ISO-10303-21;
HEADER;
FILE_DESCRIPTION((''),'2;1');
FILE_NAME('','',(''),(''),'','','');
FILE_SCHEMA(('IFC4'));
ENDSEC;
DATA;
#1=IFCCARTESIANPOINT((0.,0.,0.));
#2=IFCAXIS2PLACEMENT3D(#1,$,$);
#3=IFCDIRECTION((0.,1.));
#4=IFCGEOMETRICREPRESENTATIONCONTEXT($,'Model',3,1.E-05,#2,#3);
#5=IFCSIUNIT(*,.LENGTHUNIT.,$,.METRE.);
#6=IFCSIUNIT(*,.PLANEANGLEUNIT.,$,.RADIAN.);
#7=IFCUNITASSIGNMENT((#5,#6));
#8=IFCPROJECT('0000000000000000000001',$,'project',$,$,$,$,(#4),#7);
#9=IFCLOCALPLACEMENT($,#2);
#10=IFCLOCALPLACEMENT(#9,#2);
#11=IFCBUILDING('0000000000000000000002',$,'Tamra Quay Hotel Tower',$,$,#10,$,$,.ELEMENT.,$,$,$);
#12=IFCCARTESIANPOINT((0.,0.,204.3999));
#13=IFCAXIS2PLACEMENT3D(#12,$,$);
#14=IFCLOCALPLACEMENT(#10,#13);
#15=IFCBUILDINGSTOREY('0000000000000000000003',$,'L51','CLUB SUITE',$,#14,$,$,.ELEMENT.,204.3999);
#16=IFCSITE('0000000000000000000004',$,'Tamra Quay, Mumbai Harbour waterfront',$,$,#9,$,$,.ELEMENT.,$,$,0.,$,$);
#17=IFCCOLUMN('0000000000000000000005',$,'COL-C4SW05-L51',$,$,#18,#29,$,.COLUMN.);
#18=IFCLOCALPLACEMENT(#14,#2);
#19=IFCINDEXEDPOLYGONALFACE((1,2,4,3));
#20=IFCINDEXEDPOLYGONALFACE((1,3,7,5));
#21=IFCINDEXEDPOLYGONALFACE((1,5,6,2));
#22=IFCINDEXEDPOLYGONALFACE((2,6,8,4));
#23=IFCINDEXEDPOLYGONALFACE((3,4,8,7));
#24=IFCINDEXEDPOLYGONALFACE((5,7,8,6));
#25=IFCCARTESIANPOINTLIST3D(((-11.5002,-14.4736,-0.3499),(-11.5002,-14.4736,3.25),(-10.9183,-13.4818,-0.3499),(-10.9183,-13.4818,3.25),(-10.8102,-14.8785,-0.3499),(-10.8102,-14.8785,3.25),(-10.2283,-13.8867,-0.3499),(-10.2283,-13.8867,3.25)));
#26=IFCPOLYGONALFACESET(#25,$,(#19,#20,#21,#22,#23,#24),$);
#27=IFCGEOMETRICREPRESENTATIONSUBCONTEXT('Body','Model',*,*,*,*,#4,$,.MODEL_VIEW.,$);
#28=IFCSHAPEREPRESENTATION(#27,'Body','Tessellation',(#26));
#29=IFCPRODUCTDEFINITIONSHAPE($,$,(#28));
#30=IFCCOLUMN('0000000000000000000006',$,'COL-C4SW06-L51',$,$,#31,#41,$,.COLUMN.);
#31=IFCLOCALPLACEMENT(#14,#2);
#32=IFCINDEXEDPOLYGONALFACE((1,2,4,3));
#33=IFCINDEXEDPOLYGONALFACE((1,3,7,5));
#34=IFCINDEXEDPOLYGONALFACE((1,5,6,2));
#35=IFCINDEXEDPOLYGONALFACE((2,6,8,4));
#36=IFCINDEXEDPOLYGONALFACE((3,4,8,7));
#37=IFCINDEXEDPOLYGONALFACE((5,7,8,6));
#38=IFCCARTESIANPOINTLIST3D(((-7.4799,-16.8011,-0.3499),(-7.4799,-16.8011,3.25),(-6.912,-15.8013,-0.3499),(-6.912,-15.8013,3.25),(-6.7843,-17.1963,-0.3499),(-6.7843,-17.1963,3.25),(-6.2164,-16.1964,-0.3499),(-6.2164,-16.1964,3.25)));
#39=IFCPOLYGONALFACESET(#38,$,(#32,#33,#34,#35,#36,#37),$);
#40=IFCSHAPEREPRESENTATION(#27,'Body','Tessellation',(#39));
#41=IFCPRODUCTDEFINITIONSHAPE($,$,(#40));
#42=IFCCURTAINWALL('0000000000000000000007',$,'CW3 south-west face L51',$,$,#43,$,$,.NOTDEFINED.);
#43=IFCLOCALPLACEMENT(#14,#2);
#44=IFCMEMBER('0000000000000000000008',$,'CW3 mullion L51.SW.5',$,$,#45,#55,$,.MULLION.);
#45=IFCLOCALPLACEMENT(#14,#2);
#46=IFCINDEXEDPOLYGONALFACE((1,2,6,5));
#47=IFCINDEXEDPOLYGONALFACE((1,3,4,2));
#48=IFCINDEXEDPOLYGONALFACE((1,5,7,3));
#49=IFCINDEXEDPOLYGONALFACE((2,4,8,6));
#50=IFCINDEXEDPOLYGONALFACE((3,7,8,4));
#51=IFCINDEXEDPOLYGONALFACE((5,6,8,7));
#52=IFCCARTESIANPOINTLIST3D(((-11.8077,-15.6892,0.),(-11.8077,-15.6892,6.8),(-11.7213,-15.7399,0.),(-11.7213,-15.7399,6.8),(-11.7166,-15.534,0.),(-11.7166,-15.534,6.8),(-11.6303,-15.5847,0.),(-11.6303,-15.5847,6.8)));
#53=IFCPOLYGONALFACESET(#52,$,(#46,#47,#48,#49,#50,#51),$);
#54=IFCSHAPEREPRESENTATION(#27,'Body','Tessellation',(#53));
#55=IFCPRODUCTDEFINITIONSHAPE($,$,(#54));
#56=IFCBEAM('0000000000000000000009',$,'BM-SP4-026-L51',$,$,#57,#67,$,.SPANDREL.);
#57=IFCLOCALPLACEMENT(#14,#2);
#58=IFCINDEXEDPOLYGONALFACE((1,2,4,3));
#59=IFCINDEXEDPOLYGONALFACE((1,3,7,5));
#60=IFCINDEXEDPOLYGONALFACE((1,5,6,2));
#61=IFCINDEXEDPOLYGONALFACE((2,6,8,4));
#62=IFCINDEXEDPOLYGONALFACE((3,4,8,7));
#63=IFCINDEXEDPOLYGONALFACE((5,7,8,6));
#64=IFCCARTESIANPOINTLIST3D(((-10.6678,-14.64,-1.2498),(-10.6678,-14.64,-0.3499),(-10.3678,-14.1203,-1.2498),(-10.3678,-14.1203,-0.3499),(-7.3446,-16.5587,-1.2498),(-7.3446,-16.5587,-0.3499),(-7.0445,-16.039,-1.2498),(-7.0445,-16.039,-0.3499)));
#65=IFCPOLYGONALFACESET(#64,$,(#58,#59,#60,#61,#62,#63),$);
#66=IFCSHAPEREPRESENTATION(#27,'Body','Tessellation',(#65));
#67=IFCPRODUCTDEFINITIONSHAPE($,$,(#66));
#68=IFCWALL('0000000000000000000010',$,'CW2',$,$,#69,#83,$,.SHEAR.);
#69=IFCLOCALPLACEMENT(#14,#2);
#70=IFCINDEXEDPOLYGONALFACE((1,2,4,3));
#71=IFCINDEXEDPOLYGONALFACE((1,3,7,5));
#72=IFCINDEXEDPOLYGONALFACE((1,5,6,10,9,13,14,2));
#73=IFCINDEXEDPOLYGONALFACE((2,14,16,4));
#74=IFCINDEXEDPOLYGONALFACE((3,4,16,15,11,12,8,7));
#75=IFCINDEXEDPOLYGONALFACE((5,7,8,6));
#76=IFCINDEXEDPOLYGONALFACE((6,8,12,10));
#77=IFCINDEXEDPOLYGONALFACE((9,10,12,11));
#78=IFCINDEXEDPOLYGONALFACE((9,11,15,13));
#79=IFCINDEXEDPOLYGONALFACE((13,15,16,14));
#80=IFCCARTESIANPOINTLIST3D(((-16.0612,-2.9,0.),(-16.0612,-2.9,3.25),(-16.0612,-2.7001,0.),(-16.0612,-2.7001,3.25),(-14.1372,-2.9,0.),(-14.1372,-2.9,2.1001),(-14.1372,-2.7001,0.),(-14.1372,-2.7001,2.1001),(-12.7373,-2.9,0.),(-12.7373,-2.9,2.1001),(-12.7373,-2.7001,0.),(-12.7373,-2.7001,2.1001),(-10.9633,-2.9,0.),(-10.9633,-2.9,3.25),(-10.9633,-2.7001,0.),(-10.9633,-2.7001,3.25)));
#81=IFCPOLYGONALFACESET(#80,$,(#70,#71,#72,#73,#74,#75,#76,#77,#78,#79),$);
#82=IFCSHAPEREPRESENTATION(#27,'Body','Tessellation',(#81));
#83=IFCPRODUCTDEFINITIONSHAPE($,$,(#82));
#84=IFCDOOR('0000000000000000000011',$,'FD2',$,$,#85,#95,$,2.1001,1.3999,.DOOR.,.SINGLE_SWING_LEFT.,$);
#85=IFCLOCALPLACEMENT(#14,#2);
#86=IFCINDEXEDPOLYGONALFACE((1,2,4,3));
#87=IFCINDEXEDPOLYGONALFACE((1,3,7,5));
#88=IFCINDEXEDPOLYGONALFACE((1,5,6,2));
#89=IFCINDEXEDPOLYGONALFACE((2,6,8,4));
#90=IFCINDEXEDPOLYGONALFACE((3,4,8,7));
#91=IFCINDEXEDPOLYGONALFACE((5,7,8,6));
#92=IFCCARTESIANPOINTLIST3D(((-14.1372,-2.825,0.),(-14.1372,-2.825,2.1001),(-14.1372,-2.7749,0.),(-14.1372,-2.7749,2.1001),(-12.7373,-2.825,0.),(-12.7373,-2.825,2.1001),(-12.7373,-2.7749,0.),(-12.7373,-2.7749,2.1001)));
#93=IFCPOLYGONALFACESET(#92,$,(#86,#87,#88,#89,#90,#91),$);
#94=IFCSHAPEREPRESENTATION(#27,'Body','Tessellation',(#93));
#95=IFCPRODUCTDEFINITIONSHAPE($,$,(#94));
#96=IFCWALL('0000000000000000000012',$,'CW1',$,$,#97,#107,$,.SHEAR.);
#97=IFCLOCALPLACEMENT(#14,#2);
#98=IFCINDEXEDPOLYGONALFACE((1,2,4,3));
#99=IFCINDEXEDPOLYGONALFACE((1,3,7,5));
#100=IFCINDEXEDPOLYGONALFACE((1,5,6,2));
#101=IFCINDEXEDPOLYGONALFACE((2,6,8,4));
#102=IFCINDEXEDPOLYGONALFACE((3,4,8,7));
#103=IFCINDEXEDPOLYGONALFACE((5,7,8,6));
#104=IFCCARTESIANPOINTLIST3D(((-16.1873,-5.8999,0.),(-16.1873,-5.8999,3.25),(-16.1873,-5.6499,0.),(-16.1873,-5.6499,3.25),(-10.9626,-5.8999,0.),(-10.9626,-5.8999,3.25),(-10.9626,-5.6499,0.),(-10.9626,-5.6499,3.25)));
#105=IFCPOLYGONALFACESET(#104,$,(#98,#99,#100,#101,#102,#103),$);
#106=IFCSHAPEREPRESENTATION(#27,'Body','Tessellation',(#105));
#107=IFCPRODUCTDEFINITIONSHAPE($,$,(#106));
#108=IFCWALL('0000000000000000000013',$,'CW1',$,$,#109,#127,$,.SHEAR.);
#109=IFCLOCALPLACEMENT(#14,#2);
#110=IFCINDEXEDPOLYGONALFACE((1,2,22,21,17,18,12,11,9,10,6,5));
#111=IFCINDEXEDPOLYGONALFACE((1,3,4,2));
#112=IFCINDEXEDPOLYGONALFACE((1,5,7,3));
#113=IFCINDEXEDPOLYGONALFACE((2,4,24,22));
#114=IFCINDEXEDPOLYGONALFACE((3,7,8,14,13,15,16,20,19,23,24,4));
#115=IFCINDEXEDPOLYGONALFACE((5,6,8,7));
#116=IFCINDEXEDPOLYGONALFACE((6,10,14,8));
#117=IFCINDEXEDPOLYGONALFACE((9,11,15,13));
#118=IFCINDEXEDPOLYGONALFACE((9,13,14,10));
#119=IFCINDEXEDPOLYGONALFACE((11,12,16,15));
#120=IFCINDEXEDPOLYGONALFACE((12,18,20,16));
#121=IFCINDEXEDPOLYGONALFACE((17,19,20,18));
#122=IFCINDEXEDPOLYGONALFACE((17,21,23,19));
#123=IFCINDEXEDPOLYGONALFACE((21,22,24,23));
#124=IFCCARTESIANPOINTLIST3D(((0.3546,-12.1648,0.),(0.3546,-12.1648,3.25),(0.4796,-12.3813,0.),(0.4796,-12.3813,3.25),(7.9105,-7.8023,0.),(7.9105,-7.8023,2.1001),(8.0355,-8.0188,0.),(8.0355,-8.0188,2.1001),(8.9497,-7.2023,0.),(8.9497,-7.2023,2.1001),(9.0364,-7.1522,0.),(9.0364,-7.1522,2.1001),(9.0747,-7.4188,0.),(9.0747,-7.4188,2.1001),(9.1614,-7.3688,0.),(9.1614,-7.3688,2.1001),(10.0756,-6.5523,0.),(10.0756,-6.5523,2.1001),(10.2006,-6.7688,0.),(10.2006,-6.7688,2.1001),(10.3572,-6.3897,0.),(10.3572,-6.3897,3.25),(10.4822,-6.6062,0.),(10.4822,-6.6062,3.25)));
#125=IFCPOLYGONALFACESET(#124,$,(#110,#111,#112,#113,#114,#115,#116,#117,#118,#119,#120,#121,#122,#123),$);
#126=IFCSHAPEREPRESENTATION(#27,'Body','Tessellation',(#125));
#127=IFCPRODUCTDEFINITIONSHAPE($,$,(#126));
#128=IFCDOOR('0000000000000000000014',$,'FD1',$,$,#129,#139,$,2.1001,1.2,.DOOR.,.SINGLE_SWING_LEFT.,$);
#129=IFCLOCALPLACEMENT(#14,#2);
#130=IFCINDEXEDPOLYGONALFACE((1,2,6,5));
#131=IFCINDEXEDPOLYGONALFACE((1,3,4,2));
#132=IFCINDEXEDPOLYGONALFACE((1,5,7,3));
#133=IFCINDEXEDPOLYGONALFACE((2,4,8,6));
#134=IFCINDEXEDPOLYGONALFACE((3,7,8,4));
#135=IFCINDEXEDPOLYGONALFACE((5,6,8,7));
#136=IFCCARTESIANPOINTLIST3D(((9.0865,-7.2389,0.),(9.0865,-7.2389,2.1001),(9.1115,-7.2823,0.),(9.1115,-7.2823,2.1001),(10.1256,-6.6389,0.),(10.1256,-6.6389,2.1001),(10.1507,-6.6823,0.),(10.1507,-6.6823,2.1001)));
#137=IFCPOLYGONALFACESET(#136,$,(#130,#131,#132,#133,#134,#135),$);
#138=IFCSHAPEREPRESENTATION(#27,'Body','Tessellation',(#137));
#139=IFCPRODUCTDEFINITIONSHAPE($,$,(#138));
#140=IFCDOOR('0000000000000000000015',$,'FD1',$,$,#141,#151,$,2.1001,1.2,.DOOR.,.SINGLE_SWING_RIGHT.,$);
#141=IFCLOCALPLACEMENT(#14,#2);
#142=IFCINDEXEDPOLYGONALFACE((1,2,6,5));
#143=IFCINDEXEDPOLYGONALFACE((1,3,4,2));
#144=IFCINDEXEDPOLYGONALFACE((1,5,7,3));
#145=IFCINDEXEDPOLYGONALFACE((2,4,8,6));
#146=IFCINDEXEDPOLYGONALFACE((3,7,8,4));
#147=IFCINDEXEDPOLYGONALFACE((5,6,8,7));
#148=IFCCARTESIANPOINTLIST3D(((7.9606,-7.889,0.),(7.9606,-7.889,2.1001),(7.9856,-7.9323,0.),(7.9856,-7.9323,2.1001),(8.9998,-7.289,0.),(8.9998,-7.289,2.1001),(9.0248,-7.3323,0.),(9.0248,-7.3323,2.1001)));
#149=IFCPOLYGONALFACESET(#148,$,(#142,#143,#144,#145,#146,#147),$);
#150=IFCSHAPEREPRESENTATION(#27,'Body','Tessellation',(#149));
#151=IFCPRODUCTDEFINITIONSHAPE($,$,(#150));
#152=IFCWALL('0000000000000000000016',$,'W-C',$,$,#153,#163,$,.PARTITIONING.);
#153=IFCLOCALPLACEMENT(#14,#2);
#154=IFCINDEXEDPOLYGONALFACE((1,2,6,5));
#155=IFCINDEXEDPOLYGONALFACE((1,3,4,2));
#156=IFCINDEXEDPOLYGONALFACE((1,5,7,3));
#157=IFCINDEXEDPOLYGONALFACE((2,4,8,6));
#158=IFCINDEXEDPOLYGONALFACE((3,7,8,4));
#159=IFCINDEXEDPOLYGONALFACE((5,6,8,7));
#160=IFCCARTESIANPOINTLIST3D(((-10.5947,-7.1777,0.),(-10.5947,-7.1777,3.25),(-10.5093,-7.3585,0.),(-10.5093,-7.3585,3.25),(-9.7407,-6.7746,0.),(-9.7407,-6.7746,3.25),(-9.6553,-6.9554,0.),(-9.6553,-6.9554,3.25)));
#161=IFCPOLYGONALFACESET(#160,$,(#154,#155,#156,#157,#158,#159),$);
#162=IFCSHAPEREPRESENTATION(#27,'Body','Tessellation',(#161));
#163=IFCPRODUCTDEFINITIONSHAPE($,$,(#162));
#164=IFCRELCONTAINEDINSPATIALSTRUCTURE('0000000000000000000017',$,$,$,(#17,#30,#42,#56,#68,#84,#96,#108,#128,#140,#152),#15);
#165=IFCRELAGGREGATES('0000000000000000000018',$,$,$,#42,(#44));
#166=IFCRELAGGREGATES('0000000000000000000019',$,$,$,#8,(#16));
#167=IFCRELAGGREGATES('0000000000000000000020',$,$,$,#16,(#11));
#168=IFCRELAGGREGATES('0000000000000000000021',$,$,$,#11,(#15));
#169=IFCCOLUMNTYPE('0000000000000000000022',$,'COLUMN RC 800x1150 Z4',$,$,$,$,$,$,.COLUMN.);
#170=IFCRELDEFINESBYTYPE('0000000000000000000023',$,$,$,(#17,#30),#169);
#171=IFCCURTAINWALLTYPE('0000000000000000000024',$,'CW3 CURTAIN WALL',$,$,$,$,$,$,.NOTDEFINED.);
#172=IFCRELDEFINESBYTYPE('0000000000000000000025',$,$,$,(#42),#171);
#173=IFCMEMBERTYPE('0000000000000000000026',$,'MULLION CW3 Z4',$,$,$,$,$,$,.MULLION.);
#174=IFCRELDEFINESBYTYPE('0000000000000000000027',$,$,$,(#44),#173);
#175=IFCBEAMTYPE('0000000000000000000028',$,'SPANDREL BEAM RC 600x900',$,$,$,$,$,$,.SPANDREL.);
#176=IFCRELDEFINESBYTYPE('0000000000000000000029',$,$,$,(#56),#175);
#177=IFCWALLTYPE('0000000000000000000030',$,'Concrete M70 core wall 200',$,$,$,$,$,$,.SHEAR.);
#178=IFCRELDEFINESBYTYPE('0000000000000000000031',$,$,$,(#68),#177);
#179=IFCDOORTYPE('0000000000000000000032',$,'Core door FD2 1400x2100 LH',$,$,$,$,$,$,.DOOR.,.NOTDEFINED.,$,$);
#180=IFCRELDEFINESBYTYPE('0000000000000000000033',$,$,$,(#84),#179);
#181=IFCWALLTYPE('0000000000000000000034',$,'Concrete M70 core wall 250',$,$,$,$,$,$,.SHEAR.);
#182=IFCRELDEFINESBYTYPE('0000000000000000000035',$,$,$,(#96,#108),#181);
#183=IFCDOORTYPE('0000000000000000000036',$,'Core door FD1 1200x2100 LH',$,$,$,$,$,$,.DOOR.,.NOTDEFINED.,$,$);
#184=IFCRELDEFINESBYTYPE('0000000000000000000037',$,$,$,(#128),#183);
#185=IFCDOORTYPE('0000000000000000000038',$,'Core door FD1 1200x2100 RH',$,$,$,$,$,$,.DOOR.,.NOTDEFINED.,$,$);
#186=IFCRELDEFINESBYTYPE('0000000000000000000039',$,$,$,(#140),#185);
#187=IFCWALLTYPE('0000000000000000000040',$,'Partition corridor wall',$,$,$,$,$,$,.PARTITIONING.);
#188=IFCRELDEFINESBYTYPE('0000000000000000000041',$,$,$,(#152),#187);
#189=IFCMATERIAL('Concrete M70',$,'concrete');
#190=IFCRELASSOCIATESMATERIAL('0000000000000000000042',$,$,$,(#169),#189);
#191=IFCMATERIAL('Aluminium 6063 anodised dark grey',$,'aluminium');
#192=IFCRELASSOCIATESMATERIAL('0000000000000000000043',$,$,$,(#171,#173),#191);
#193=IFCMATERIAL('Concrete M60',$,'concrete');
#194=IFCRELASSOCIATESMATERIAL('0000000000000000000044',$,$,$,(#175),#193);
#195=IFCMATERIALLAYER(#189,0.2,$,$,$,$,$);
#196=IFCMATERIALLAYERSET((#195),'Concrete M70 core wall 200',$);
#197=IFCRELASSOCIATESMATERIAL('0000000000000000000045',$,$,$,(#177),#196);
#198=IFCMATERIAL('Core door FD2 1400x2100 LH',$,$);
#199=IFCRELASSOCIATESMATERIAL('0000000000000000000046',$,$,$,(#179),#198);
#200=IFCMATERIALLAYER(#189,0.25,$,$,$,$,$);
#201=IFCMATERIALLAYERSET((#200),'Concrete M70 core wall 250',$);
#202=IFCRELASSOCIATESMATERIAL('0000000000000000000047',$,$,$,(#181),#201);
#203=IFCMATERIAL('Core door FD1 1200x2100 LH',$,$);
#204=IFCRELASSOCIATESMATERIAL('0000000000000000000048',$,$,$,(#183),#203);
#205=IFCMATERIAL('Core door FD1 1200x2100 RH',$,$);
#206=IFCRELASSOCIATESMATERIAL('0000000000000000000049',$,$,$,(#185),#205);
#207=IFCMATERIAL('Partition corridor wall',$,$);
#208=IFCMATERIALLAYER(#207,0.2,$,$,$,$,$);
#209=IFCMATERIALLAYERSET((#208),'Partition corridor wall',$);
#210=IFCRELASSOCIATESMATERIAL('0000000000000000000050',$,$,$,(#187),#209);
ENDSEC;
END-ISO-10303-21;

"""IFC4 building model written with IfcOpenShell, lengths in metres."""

from ifc_helpers import new_model, si_unit, direction, frame, frame_2d, origin, origin_2d, place, context, subcontext, project, spatial, rectangle, extrude, material, layer, layer_set, material_profile, profile_set, type_object, element, fill, aggregate, save


model = new_model("IFC4")

# Units and contexts
model_context = context("Model", 3, precision=1e-05, world=origin(), true_north=direction((0.0, 1.0)))
body_context = subcontext(model_context, "Body", "Model", "MODEL_VIEW")
ifc_project = project(units=[si_unit("LENGTHUNIT", "METRE"), si_unit("PLANEANGLEUNIT", "RADIAN")], contexts=[model_context])

# Site, building, storey
site_placement = place(None, origin())
site = spatial("IfcSite", under=ifc_project, at=site_placement, Name="Tamra Quay, Mumbai Harbour waterfront", CompositionType="ELEMENT", RefElevation=0.0)
building_placement = place(site_placement, origin())
building = spatial("IfcBuilding", under=site, at=building_placement, Name="Tamra Quay Hotel Tower", CompositionType="ELEMENT")
storey_placement = place(building_placement, frame((0.0, 0.0, 204.3999)))
storey = spatial("IfcBuildingStorey", under=building, at=storey_placement, Name="L51", Description="CLUB SUITE", CompositionType="ELEMENT", Elevation=204.3999)

# Columns
ifc_material_1 = material(Name="Concrete M70", Category="concrete")
ifc_material_profile_1 = material_profile(ifc_material_1, rectangle(XDim=1.1499, YDim=0.8, at=origin_2d()), Name="COLUMN RC 800x1150 Z4")
ifc_profile_set_1 = profile_set([ifc_material_profile_1], Name="Concrete M70")
column_type = type_object("IfcColumnType", Name="COLUMN RC 800x1150 Z4", PredefinedType="COLUMN", material=ifc_profile_set_1)
for number, where, z_axis, x_axis, name in (
    (1, (-10.8643, -14.1802, -0.3499), (0.0, 0.0, 1.0), (0.506085, 0.862484, 0.0), "COL-C4SW05-L51"),
    (2, (-6.8481, -16.4988, -0.3499), (0.0, 0.0, 1.0), (0.49389, 0.869524, 0.0), "COL-C4SW06-L51"),
):
    element("IfcColumn", number, at=place(storey_placement, frame(where, z_axis=z_axis, x_axis=x_axis)), inside=storey, type_object=column_type, Name=name, PredefinedType="COLUMN", context=body_context, shape_type="SweptSolid", body=[
        extrude(rectangle(XDim=1.1499, YDim=0.8, at=origin_2d()), origin(), (0.0, 0.0, 1.0), 3.5999),
    ])

# Curtain wall, member
ifc_material_2 = material(Name="Aluminium 6063 anodised dark grey", Category="aluminium")
curtain_wall_type = type_object("IfcCurtainWallType", Name="CW3 CURTAIN WALL", PredefinedType="NOTDEFINED", material=ifc_material_2)
curtain_wall_placement = place(storey_placement, origin())
curtain_wall = element("IfcCurtainWall", 3, at=curtain_wall_placement, inside=storey, type_object=curtain_wall_type, Name="CW3 south-west face L51", PredefinedType="NOTDEFINED")
ifc_material_profile_2 = material_profile(ifc_material_2, rectangle(XDim=0.1799, YDim=0.1001, at=origin_2d()), Name="MULLION 100X180")
ifc_profile_set_2 = profile_set([ifc_material_profile_2], Name="Aluminium 6063 anodised dark grey")
member_type = type_object("IfcMemberType", Name="MULLION CW3 Z4", PredefinedType="MULLION", material=ifc_profile_set_2)
member_placement = place(storey_placement, frame((-11.719, -15.637, 0.0), z_axis=(0.0, 0.0, 1.0), x_axis=(-0.506001, -0.862533, 0.0)))
member = element("IfcMember", 4, at=member_placement, type_object=member_type, Name="CW3 mullion L51.SW.5", PredefinedType="MULLION", context=body_context, shape_type="SweptSolid", body=[
    extrude(rectangle(XDim=0.1799, YDim=0.1001, at=origin_2d()), origin(), (0.0, 0.0, 1.0), 6.8),
])
aggregate(curtain_wall, [member])

# Beam
ifc_material_3 = material(Name="Concrete M60", Category="concrete")
ifc_material_profile_3 = material_profile(ifc_material_3, rectangle(XDim=0.6001, YDim=0.8999, at=origin_2d()), Name="SPANDREL BEAM RC 600x900")
ifc_profile_set_3 = profile_set([ifc_material_profile_3], Name="Concrete M60")
beam_type = type_object("IfcBeamType", Name="SPANDREL BEAM RC 600x900", PredefinedType="SPANDREL", material=ifc_profile_set_3)
beam_placement = place(storey_placement, frame((-10.5178, -14.3801, -0.7998), z_axis=(0.866022, -0.500005, 0.0), x_axis=(0.500005, 0.866022, 0.0)))
element("IfcBeam", 5, at=beam_placement, inside=storey, type_object=beam_type, Name="BM-SP4-026-L51", PredefinedType="SPANDREL", context=body_context, shape_type="SweptSolid", body=[
    extrude(rectangle(XDim=0.6001, YDim=0.8999, at=origin_2d()), origin(), (0.0, 0.0, 1.0), 3.8374),
])

# Wall, opening, door
ifc_layer_1 = layer(ifc_material_1, 0.2)
ifc_layer_set_1 = layer_set([ifc_layer_1], Name="Concrete M70 core wall 200")
wall_type_1 = type_object("IfcWallType", Name="Concrete M70 core wall 200", PredefinedType="SHEAR", material=ifc_layer_set_1)
wall_1_placement = place(storey_placement, frame((-10.9634, -2.8, 0.0), z_axis=(0.0, 0.0, 1.0), x_axis=(-1.0, 0.0, 0.0)))
wall_1 = element("IfcWall", 6, at=wall_1_placement, inside=storey, type_object=wall_type_1, Name="CW2", PredefinedType="SHEAR", context=body_context, shape_type="SweptSolid", body=[
    extrude(rectangle(XDim=5.0979, YDim=0.2, at=frame_2d((2.5488, 0.0))), origin(), (0.0, 0.0, 1.0), 3.25),
])
opening_1_placement = place(wall_1_placement, frame((1.7739, 0.0, 0.0)))
opening_1 = element("IfcOpeningElement", 7, at=opening_1_placement, cuts=wall_1, PredefinedType="OPENING", context=body_context, shape_type="SweptSolid", body=[
    extrude(rectangle(XDim=1.3999, YDim=2.1001, at=frame_2d((0.7, 1.05))), frame((0.0, 0.1099, 0.0), z_axis=(0.0, -1.0, 0.0), x_axis=(1.0, 0.0, 0.0)), (0.0, 0.0, 1.0), 0.22),
])
ifc_material_4 = material(Name="Core door FD2 1400x2100 LH")
door_type_1 = type_object("IfcDoorType", Name="Core door FD2 1400x2100 LH", OperationType="NOTDEFINED", PredefinedType="DOOR", material=ifc_material_4)
door_1_placement = place(opening_1_placement, origin())
door_1 = element("IfcDoor", 8, at=door_1_placement, inside=storey, type_object=door_type_1, Name="FD2", OperationType="SINGLE_SWING_LEFT", OverallHeight=2.1001, OverallWidth=1.3999, PredefinedType="DOOR", context=body_context, shape_type="SweptSolid", body=[
    extrude(rectangle(XDim=1.3999, YDim=2.1001, at=frame_2d((0.7, 1.05))), frame((0.0, 0.0249, 0.0), z_axis=(0.0, -1.0, 0.0), x_axis=(1.0, 0.0, 0.0)), (0.0, 0.0, 1.0), 0.05),
])
fill(opening_1, door_1)

# Wall
ifc_layer_2 = layer(ifc_material_1, 0.25)
ifc_layer_set_2 = layer_set([ifc_layer_2], Name="Concrete M70 core wall 250")
wall_type_2 = type_object("IfcWallType", Name="Concrete M70 core wall 250", PredefinedType="SHEAR", material=ifc_layer_set_2)
wall_2_placement = place(storey_placement, frame((-10.9626, -5.7749, 0.0), z_axis=(0.0, 0.0, 1.0), x_axis=(-1.0, 0.0, 0.0)))
element("IfcWall", 9, at=wall_2_placement, inside=storey, type_object=wall_type_2, Name="CW1", PredefinedType="SHEAR", context=body_context, shape_type="SweptSolid", body=[
    extrude(rectangle(XDim=5.2246, YDim=0.25, at=frame_2d((2.6123, 0.0))), origin(), (0.0, 0.0, 1.0), 3.25),
])

# Wall, openings, doors
wall_3_placement = place(storey_placement, frame((0.4172, -12.2729, 0.0), z_axis=(0.0, 0.0, 1.0), x_axis=(0.866022, 0.500006, 0.0)))
wall_3 = element("IfcWall", 10, at=wall_3_placement, inside=storey, type_object=wall_type_2, Name="CW1", PredefinedType="SHEAR", context=body_context, shape_type="SweptSolid", body=[
    extrude(rectangle(XDim=11.55, YDim=0.25, at=frame_2d((5.7749, 0.0))), origin(), (0.0, 0.0, 1.0), 3.25),
])
opening_2_placement = place(wall_3_placement, frame((10.0247, 0.0, 0.0)))
opening_2 = element("IfcOpeningElement", 11, at=opening_2_placement, cuts=wall_3, PredefinedType="OPENING", context=body_context, shape_type="SweptSolid", body=[
    extrude(rectangle(XDim=1.2, YDim=2.1001, at=frame_2d((0.6001, 1.05))), frame((0.0, 0.135, 0.0), z_axis=(0.0, -1.0, 0.0), x_axis=(1.0, 0.0, 0.0)), (0.0, 0.0, 1.0), 0.27),
])
opening_3_placement = place(wall_3_placement, frame((8.7246, 0.0, 0.0)))
opening_3 = element("IfcOpeningElement", 12, at=opening_3_placement, cuts=wall_3, PredefinedType="OPENING", context=body_context, shape_type="SweptSolid", body=[
    extrude(rectangle(XDim=1.2, YDim=2.1001, at=frame_2d((0.6001, 1.05))), frame((0.0, 0.135, 0.0), z_axis=(0.0, -1.0, 0.0), x_axis=(1.0, 0.0, 0.0)), (0.0, 0.0, 1.0), 0.27),
])
ifc_material_5 = material(Name="Core door FD1 1200x2100 LH")
door_type_2 = type_object("IfcDoorType", Name="Core door FD1 1200x2100 LH", OperationType="NOTDEFINED", PredefinedType="DOOR", material=ifc_material_5)
door_2_placement = place(opening_2_placement, origin())
door_2 = element("IfcDoor", 13, at=door_2_placement, inside=storey, type_object=door_type_2, Name="FD1", OperationType="SINGLE_SWING_LEFT", OverallHeight=2.1001, OverallWidth=1.2, PredefinedType="DOOR", context=body_context, shape_type="SweptSolid", body=[
    extrude(rectangle(XDim=1.2, YDim=2.1001, at=frame_2d((0.6001, 1.05))), frame((0.0, 0.0249, 0.0), z_axis=(0.0, -1.0, 0.0), x_axis=(1.0, 0.0, 0.0)), (0.0, 0.0, 1.0), 0.05),
])
fill(opening_2, door_2)
ifc_material_6 = material(Name="Core door FD1 1200x2100 RH")
door_type_3 = type_object("IfcDoorType", Name="Core door FD1 1200x2100 RH", OperationType="NOTDEFINED", PredefinedType="DOOR", material=ifc_material_6)
door_3_placement = place(opening_3_placement, origin())
door_3 = element("IfcDoor", 14, at=door_3_placement, inside=storey, type_object=door_type_3, Name="FD1", OperationType="SINGLE_SWING_RIGHT", OverallHeight=2.1001, OverallWidth=1.2, PredefinedType="DOOR", context=body_context, shape_type="SweptSolid", body=[
    extrude(rectangle(XDim=1.2, YDim=2.1001, at=frame_2d((0.6001, 1.05))), frame((0.0, 0.0249, 0.0), z_axis=(0.0, -1.0, 0.0), x_axis=(1.0, 0.0, 0.0)), (0.0, 0.0, 1.0), 0.05),
])
fill(opening_3, door_3)

# Wall
ifc_material_7 = material(Name="Partition corridor wall")
ifc_layer_3 = layer(ifc_material_7, 0.2)
ifc_layer_set_3 = layer_set([ifc_layer_3], Name="Partition corridor wall")
wall_type_3 = type_object("IfcWallType", Name="Partition corridor wall", PredefinedType="PARTITIONING", material=ifc_layer_set_3)
wall_4_placement = place(storey_placement, frame((-10.552, -7.2681, 0.0), z_axis=(0.0, 0.0, 1.0), x_axis=(0.904332, 0.42683, 0.0)))
element("IfcWall", 15, at=wall_4_placement, inside=storey, type_object=wall_type_3, Name="W-C", PredefinedType="PARTITIONING", context=body_context, shape_type="SweptSolid", body=[
    extrude(rectangle(XDim=0.9443, YDim=0.2, at=frame_2d((0.4722, 0.0))), origin(), (0.0, 0.0, 1.0), 3.25),
])

save(model, "model.ifc")
